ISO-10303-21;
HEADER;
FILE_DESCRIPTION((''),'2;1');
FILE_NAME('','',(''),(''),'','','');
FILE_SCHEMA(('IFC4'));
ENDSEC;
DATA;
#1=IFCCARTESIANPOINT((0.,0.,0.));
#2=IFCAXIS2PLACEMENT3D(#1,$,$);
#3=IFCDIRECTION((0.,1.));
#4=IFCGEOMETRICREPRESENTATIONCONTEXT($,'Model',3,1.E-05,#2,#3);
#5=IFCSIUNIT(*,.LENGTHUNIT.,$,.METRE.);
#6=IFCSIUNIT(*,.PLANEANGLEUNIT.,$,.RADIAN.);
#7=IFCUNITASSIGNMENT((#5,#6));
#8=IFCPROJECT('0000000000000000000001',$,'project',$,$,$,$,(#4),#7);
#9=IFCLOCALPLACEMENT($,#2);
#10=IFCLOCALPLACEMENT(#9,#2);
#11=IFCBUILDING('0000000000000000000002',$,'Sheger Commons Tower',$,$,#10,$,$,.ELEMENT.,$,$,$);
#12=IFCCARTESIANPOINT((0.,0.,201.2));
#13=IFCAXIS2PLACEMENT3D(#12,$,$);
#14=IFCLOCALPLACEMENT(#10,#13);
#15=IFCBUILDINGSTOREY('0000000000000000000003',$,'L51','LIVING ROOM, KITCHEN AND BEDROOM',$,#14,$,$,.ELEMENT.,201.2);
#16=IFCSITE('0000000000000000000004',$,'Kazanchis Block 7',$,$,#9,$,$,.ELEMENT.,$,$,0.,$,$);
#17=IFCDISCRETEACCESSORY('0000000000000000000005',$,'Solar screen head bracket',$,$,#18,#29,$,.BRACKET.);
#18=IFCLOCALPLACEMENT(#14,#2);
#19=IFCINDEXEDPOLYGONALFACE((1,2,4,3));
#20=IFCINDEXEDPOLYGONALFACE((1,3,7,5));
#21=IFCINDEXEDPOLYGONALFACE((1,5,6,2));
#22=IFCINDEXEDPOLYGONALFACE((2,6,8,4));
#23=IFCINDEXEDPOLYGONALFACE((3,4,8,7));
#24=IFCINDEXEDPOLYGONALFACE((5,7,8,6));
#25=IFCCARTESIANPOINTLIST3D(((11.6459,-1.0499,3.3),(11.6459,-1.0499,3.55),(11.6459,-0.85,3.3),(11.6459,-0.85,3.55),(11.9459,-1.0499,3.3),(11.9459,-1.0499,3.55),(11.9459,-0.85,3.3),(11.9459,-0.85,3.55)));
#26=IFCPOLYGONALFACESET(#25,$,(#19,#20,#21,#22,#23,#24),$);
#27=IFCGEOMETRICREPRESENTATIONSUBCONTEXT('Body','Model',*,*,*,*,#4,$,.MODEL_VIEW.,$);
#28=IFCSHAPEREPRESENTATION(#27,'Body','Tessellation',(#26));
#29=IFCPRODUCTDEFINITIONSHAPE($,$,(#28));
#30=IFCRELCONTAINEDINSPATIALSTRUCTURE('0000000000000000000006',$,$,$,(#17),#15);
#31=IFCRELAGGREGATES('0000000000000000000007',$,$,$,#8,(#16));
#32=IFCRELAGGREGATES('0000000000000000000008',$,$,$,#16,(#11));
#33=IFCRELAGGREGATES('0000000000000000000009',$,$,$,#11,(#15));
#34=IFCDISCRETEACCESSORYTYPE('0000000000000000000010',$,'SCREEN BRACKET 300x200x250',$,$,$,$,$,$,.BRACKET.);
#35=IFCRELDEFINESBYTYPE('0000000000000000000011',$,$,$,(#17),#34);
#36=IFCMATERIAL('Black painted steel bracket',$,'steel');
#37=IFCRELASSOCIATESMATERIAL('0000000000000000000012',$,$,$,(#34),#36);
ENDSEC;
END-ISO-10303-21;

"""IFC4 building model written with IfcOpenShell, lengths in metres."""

from ifc_helpers import new_model, si_unit, direction, frame, origin, origin_2d, place, context, subcontext, project, spatial, rectangle, extrude, material, type_object, element, save


model = new_model("IFC4")

# Units and contexts
model_context = context("Model", 3, precision=1e-05, world=origin(), true_north=direction((0.0, 1.0)))
body_context = subcontext(model_context, "Body", "Model", "MODEL_VIEW")
ifc_project = project(units=[si_unit("LENGTHUNIT", "METRE"), si_unit("PLANEANGLEUNIT", "RADIAN")], contexts=[model_context])

# Site, building, storey
site_placement = place(None, origin())
site = spatial("IfcSite", under=ifc_project, at=site_placement, Name="Kazanchis Block 7", CompositionType="ELEMENT", RefElevation=0.0)
building_placement = place(site_placement, origin())
building = spatial("IfcBuilding", under=site, at=building_placement, Name="Sheger Commons Tower", CompositionType="ELEMENT")
storey_placement = place(building_placement, frame((0.0, 0.0, 201.2)))
storey = spatial("IfcBuildingStorey", under=building, at=storey_placement, Name="L51", Description="LIVING ROOM, KITCHEN AND BEDROOM", CompositionType="ELEMENT", Elevation=201.2)

# Discrete accessory
ifc_material_1 = material(Name="Black painted steel bracket", Category="steel")
discrete_accessory_type = type_object("IfcDiscreteAccessoryType", Name="SCREEN BRACKET 300x200x250", PredefinedType="BRACKET", material=ifc_material_1)
for number, where, z_axis, x_axis, name in (
    (1, (11.7959, -0.95, 3.3), (0.0, 0.0, 1.0), (1.0, 0.0, 0.0), "Solar screen head bracket"),
):
    element("IfcDiscreteAccessory", number, at=place(storey_placement, frame(where, z_axis=z_axis, x_axis=x_axis)), inside=storey, type_object=discrete_accessory_type, Name=name, PredefinedType="BRACKET", context=body_context, shape_type="SweptSolid", body=[
        extrude(rectangle(XDim=0.3, YDim=0.2, at=origin_2d()), origin(), (0.0, 0.0, 1.0), 0.25),
    ])

save(model, "model.ifc")
